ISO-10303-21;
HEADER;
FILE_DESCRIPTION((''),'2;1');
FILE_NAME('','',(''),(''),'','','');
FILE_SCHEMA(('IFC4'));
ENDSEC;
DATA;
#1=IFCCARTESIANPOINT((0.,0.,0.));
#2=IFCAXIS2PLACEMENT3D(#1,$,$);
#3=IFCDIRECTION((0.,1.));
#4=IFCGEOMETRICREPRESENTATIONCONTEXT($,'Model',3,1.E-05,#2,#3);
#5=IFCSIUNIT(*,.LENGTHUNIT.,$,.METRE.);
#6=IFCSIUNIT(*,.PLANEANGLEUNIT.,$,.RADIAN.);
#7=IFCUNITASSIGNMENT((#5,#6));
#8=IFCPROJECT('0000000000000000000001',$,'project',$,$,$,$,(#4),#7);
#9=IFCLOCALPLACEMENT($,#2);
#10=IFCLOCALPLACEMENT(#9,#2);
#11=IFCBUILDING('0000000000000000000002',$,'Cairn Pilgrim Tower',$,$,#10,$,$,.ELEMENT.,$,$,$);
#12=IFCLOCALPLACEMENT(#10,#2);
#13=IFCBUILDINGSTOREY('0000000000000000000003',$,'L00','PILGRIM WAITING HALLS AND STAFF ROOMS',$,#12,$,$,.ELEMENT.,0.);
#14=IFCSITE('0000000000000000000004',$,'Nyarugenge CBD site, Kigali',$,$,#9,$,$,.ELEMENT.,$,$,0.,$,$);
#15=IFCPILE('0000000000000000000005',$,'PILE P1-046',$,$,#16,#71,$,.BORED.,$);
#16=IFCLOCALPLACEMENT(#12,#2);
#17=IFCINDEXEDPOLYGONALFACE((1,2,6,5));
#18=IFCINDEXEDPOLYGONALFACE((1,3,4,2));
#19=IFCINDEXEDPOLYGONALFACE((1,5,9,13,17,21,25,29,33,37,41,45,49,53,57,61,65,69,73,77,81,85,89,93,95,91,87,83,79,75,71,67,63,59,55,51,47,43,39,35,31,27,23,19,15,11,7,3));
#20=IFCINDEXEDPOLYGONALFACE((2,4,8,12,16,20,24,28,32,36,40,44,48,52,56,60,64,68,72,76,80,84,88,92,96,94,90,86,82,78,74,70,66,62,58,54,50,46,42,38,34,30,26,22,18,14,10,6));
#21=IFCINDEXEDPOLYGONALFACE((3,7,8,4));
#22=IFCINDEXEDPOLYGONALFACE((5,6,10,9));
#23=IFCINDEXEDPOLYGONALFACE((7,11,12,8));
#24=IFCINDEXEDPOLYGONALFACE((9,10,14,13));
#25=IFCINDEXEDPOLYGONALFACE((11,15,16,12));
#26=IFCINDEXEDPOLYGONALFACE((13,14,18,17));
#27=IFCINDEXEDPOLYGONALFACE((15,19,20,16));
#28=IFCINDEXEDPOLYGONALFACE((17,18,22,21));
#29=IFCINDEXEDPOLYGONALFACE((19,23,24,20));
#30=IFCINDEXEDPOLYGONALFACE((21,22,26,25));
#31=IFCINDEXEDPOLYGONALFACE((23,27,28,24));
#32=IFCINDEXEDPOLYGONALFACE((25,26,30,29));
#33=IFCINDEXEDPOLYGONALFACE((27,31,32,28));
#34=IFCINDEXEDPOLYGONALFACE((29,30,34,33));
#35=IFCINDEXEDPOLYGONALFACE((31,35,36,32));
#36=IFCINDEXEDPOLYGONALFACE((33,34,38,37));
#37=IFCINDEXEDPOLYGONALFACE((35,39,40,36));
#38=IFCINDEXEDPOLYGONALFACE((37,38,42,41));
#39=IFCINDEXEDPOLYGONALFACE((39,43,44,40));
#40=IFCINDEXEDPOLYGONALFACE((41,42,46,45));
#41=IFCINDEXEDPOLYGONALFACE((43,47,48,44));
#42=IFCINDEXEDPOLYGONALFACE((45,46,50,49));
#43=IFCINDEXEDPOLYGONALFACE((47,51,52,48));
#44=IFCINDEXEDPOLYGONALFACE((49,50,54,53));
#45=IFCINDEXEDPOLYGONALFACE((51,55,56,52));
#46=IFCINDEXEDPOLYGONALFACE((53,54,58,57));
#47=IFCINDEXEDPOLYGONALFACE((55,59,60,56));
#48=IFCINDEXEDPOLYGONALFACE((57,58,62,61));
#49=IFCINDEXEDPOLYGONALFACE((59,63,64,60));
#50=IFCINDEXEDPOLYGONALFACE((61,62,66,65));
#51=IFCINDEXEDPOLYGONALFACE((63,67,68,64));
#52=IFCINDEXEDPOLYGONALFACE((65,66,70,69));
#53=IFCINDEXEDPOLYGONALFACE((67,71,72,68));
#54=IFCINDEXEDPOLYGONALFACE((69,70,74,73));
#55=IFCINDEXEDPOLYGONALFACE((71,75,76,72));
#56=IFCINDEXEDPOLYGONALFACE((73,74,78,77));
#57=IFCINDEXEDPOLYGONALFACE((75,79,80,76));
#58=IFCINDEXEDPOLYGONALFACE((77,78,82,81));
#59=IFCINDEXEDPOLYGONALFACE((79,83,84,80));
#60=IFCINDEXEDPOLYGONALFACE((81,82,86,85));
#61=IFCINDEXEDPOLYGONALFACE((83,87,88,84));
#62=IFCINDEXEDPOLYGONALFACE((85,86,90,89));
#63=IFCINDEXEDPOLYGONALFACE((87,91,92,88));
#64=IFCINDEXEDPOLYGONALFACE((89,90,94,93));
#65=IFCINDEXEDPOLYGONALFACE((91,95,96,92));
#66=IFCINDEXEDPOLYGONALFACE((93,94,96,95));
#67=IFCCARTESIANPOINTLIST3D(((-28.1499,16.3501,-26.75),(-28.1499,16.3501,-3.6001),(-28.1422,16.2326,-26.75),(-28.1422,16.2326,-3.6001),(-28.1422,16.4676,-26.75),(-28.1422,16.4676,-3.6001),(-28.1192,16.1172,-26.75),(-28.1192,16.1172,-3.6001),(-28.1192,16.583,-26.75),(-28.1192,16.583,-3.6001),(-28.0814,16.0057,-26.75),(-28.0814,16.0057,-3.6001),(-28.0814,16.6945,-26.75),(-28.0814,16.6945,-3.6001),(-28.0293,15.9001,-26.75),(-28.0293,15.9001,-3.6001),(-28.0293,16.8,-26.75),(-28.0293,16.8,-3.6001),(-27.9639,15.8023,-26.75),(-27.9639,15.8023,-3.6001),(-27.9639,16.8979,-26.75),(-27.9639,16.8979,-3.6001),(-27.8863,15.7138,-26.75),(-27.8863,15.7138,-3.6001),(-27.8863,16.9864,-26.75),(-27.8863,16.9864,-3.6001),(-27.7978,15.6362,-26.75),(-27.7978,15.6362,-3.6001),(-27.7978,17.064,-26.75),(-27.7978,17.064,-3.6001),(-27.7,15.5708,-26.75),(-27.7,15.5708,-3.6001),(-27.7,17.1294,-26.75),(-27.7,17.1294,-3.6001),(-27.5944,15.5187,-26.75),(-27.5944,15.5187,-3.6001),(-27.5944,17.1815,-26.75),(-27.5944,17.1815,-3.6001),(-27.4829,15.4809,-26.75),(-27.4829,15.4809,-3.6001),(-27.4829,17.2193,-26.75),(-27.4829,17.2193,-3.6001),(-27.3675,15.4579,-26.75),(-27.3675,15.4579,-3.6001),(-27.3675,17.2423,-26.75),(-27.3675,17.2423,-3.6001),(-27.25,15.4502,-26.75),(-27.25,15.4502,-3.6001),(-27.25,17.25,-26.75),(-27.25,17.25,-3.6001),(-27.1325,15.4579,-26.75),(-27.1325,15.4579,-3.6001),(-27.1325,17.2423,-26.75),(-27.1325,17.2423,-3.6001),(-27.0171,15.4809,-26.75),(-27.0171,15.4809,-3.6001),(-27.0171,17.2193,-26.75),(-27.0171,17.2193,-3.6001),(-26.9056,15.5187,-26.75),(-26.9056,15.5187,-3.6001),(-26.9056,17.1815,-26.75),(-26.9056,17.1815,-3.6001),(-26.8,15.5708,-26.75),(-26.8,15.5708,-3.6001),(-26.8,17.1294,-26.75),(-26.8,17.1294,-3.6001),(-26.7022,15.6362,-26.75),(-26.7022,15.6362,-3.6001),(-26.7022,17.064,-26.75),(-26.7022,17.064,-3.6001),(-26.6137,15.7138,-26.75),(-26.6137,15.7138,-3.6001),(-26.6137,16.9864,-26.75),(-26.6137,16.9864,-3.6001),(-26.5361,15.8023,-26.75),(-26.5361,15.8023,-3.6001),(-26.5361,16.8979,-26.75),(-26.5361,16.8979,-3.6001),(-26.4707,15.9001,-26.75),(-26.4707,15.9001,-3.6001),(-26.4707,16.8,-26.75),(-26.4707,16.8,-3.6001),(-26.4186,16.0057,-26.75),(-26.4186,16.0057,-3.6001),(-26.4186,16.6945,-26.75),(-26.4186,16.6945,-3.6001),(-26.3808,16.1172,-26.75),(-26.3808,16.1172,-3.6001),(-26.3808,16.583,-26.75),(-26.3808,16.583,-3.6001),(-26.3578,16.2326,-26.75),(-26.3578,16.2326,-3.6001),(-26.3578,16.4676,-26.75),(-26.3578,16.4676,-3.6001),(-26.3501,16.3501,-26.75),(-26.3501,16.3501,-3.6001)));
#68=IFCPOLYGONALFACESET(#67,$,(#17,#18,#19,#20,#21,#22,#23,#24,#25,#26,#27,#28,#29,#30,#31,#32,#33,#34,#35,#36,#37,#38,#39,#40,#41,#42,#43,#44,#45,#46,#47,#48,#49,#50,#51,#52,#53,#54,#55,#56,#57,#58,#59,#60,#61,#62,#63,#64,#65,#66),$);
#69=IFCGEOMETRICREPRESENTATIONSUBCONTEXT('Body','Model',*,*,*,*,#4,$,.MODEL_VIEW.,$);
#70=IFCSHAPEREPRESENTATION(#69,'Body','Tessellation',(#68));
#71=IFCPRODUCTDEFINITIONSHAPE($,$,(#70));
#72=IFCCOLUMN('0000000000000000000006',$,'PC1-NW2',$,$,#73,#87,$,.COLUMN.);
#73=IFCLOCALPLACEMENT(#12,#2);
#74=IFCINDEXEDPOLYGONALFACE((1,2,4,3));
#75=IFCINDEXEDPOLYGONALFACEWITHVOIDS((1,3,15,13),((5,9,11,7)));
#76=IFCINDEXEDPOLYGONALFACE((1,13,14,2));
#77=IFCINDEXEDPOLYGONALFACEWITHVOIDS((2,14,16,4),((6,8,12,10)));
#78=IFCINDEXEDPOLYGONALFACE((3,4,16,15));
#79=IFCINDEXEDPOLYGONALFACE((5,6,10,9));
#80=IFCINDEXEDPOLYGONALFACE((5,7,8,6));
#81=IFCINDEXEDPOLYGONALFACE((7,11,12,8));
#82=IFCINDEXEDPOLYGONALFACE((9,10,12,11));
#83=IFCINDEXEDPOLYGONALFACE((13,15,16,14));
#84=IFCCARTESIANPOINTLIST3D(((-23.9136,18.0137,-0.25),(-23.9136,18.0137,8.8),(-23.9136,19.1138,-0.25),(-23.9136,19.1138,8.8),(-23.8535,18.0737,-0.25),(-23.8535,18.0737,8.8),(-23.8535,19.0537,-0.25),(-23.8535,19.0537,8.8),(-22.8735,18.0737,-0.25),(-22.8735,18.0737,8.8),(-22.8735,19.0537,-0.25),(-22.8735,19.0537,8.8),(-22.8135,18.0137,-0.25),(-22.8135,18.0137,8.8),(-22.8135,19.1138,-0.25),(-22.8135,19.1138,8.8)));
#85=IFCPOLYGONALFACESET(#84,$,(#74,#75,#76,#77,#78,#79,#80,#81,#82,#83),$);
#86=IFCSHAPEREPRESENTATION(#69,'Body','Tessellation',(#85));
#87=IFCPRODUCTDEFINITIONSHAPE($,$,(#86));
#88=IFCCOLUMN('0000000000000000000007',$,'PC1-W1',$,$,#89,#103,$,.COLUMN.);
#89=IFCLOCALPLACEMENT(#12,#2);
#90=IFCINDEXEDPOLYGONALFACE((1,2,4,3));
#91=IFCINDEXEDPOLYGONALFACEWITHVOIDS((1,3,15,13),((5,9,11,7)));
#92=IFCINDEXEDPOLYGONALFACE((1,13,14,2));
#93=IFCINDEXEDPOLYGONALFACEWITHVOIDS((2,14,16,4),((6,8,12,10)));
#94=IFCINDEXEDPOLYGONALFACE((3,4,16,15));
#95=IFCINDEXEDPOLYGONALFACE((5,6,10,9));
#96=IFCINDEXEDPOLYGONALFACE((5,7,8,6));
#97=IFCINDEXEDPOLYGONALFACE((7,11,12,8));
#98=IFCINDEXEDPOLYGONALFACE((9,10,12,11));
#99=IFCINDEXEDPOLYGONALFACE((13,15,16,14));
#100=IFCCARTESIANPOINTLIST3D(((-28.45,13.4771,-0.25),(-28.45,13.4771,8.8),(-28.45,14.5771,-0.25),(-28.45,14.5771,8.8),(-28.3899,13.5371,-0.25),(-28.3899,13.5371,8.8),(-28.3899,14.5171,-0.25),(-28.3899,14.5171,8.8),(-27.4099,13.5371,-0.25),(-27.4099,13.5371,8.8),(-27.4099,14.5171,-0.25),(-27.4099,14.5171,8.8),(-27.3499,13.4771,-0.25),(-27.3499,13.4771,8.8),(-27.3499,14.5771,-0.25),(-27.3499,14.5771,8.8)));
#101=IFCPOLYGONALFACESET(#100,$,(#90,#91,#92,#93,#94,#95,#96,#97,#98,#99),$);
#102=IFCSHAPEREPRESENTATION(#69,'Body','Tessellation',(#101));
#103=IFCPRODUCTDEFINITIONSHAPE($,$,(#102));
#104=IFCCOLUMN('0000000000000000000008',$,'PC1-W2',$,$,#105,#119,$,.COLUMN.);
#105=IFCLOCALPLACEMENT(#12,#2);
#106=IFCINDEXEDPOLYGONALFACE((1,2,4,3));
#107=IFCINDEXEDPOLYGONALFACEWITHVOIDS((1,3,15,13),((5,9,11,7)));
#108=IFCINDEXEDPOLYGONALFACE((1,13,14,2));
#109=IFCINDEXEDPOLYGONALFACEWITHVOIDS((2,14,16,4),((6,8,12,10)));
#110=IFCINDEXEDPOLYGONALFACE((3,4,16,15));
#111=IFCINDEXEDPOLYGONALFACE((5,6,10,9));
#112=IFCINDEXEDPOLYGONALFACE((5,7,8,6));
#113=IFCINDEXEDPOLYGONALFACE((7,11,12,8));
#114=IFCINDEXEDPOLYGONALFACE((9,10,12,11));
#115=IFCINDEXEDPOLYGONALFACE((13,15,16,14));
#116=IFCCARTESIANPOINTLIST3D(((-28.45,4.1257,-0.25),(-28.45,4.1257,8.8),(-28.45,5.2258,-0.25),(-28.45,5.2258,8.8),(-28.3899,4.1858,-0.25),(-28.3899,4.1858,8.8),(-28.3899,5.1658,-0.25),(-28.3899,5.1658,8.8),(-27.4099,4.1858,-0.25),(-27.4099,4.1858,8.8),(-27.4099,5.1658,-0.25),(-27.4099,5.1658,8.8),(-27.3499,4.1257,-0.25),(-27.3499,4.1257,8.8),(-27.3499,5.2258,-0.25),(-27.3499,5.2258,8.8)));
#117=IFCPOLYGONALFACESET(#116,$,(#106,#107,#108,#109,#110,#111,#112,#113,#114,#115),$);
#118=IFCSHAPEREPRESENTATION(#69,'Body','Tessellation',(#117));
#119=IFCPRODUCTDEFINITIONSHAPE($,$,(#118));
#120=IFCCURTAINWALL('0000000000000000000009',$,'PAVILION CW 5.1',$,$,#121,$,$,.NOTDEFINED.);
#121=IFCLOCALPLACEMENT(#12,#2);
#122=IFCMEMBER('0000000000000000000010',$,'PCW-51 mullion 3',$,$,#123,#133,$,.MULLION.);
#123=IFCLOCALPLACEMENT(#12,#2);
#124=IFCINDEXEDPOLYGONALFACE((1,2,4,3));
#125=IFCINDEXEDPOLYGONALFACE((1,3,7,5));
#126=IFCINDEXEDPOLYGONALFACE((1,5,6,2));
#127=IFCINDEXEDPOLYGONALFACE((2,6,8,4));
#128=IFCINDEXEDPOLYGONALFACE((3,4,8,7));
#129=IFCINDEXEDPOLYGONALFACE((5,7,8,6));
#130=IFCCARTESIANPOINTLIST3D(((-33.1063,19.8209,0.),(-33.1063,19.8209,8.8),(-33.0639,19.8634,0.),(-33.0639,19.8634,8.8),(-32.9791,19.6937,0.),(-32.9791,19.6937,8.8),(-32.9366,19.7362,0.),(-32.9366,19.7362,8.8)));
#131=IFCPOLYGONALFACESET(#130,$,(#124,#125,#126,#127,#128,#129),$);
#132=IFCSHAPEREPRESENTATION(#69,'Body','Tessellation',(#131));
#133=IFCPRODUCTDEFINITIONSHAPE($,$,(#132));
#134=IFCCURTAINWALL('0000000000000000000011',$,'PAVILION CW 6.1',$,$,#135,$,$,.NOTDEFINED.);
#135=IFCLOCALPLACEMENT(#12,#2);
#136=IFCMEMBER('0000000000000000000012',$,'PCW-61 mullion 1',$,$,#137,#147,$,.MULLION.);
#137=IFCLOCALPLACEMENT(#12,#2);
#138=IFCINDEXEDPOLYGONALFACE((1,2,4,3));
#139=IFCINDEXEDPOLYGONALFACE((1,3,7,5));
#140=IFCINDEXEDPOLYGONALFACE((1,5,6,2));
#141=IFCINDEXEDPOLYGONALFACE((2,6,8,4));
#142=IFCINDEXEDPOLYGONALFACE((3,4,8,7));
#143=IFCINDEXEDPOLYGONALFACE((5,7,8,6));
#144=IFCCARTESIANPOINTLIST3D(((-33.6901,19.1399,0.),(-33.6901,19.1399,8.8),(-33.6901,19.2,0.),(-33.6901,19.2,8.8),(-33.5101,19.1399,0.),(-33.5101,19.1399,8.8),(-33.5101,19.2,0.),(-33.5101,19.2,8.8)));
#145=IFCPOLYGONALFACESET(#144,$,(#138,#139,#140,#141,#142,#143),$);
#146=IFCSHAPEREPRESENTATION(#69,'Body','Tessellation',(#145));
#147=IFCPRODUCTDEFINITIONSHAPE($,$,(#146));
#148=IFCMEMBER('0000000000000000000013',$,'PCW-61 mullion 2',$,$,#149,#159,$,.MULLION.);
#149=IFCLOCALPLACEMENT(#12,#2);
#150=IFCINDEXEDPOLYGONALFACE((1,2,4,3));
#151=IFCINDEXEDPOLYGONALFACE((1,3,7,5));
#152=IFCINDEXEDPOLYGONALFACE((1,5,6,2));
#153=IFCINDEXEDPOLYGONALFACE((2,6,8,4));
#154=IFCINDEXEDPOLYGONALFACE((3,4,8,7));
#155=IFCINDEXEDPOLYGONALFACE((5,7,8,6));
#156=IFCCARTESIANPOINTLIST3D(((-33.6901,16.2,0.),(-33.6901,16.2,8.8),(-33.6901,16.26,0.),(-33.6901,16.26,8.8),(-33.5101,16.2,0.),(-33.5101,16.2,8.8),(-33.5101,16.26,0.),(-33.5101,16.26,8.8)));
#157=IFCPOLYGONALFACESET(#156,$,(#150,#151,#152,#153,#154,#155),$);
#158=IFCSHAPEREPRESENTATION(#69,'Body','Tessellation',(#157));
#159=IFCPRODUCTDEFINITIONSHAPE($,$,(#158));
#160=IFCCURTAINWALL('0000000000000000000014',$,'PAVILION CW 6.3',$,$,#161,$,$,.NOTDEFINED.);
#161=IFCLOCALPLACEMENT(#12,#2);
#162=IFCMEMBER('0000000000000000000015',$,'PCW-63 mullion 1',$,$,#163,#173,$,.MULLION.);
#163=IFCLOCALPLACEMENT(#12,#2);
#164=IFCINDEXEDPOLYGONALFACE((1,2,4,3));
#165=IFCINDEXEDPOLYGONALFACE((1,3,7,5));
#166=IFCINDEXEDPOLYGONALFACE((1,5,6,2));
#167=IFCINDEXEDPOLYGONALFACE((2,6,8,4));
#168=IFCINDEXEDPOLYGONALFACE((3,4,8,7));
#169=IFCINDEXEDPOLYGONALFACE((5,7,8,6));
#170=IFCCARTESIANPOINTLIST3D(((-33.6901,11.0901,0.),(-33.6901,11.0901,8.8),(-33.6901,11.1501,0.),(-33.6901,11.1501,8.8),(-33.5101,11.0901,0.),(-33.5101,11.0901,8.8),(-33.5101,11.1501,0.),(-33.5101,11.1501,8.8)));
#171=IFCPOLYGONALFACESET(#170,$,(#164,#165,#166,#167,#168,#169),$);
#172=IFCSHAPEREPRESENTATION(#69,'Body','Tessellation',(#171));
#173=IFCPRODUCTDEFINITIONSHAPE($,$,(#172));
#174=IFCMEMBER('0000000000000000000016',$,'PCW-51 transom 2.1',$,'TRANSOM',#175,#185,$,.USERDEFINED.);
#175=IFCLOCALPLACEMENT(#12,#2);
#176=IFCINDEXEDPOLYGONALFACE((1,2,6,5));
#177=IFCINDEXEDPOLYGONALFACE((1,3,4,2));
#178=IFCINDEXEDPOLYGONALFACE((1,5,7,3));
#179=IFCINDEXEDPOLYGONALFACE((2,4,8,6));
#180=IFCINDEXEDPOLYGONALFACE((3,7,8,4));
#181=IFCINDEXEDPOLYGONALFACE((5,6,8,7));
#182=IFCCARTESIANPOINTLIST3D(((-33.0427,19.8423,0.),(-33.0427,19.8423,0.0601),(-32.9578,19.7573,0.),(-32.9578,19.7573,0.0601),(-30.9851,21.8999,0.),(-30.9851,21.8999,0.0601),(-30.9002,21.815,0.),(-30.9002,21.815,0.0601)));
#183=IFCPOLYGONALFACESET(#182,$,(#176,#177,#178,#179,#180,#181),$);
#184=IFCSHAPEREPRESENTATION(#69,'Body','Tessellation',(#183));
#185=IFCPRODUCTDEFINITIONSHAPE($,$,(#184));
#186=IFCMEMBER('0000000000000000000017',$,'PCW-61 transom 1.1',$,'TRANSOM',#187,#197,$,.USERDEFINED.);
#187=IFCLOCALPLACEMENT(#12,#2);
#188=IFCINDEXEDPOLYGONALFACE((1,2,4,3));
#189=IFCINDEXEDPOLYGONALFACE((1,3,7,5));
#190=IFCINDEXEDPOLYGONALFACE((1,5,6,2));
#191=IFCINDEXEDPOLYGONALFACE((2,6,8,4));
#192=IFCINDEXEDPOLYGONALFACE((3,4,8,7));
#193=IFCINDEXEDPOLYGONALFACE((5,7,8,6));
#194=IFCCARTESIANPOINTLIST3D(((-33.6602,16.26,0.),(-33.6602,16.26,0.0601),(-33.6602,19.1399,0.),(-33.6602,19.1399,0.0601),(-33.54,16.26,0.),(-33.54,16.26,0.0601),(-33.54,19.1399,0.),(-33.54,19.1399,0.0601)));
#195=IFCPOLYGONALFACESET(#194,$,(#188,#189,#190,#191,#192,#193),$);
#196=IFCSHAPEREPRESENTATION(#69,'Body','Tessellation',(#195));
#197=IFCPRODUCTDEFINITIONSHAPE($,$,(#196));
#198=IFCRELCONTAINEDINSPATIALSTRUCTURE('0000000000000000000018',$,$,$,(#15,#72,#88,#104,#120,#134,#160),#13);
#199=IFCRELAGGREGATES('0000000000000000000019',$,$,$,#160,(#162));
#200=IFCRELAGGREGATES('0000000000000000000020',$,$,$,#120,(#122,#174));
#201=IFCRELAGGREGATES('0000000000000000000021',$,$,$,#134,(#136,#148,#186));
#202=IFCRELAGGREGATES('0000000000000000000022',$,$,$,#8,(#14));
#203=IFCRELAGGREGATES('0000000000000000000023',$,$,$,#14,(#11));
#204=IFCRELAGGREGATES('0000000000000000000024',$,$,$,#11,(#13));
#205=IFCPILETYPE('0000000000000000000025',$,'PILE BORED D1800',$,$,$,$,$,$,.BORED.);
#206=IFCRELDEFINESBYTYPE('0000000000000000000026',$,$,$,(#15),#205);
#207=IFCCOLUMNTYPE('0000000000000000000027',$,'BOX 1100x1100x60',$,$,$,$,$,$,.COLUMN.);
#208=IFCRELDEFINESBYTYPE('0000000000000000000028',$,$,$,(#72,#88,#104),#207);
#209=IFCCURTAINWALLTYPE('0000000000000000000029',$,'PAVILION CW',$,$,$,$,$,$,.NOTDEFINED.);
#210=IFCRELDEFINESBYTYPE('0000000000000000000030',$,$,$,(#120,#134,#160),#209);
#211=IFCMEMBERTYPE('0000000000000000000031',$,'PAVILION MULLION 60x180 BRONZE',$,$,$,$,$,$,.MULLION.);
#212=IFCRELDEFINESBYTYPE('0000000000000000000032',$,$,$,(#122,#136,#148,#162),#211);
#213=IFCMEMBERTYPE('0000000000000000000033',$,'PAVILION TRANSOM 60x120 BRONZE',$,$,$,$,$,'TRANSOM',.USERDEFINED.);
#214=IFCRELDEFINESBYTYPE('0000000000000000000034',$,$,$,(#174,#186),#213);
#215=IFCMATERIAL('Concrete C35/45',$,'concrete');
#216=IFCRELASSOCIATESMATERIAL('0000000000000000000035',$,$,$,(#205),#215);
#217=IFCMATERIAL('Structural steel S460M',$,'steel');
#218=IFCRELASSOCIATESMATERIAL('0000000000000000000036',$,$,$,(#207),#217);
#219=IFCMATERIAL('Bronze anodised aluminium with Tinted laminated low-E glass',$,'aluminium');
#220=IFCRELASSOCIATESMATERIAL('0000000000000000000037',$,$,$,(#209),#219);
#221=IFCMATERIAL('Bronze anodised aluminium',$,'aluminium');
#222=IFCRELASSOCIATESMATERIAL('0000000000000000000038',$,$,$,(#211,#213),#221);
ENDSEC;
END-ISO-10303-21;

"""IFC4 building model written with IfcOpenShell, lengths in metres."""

from ifc_helpers import new_model, si_unit, direction, frame, origin, origin_2d, place, context, subcontext, project, spatial, rectangle, hollow_rectangle, circle, extrude, material, material_profile, profile_set, type_object, element, aggregate, save


model = new_model("IFC4")

# Units and contexts
model_context = context("Model", 3, precision=1e-05, world=origin(), true_north=direction((0.0, 1.0)))
body_context = subcontext(model_context, "Body", "Model", "MODEL_VIEW")
ifc_project = project(units=[si_unit("LENGTHUNIT", "METRE"), si_unit("PLANEANGLEUNIT", "RADIAN")], contexts=[model_context])

# Site, building, storey
site_placement = place(None, origin())
site = spatial("IfcSite", under=ifc_project, at=site_placement, Name="Nyarugenge CBD site, Kigali", CompositionType="ELEMENT", RefElevation=0.0)
building_placement = place(site_placement, origin())
building = spatial("IfcBuilding", under=site, at=building_placement, Name="Cairn Pilgrim Tower", CompositionType="ELEMENT")
storey_placement = place(building_placement, origin())
storey = spatial("IfcBuildingStorey", under=building, at=storey_placement, Name="L00", Description="PILGRIM WAITING HALLS AND STAFF ROOMS", CompositionType="ELEMENT", Elevation=0.0)

# Pile
ifc_material_1 = material(Name="Concrete C35/45", Category="concrete")
ifc_material_profile_1 = material_profile(ifc_material_1, circle(Radius=0.8999, at=origin_2d()), Name="D1800")
ifc_profile_set_1 = profile_set([ifc_material_profile_1], Name="Concrete C35/45")
pile_type = type_object("IfcPileType", Name="PILE BORED D1800", PredefinedType="BORED", material=ifc_profile_set_1)
for number, where, z_axis, x_axis, name in (
    (1, (-27.25, 16.3501, -3.6001), (0.0, 0.0, -1.0), (1.0, 0.0, 0.0), "PILE P1-046"),
):
    element("IfcPile", number, at=place(storey_placement, frame(where, z_axis=z_axis, x_axis=x_axis)), inside=storey, type_object=pile_type, Name=name, PredefinedType="BORED", context=body_context, shape_type="SweptSolid", body=[
        extrude(circle(Radius=0.8999, at=origin_2d()), origin(), (0.0, 0.0, 1.0), 23.1499),
    ])

# Columns
ifc_material_2 = material(Name="Structural steel S460M", Category="steel")
ifc_material_profile_2 = material_profile(ifc_material_2, hollow_rectangle(XDim=1.1001, YDim=1.1001, WallThickness=0.0601, at=origin_2d()), Name="BOX 1100x1100x60")
ifc_profile_set_2 = profile_set([ifc_material_profile_2], Name="Structural steel S460M")
column_type = type_object("IfcColumnType", Name="BOX 1100x1100x60", PredefinedType="COLUMN", material=ifc_profile_set_2)
for number, where, z_axis, x_axis, name in (
    (2, (-23.3635, 18.5637, -0.25), (0.0, 0.0, 1.0), (1.0, 0.0, 0.0), "PC1-NW2"),
    (3, (-27.8999, 14.0271, -0.25), (0.0, 0.0, 1.0), (1.0, 0.0, 0.0), "PC1-W1"),
    (4, (-27.8999, 4.6758, -0.25), (0.0, 0.0, 1.0), (1.0, 0.0, 0.0), "PC1-W2"),
):
    element("IfcColumn", number, at=place(storey_placement, frame(where, z_axis=z_axis, x_axis=x_axis)), inside=storey, type_object=column_type, Name=name, PredefinedType="COLUMN", context=body_context, shape_type="SweptSolid", body=[
        extrude(hollow_rectangle(XDim=1.1001, YDim=1.1001, WallThickness=0.0601, at=origin_2d()), origin(), (0.0, 0.0, 1.0), 9.05),
    ])

# Curtain wall, member
ifc_material_3 = material(Name="Bronze anodised aluminium with Tinted laminated low-E glass", Category="aluminium")
curtain_wall_type = type_object("IfcCurtainWallType", Name="PAVILION CW", PredefinedType="NOTDEFINED", material=ifc_material_3)
curtain_wall_1_placement = place(storey_placement, origin())
curtain_wall_1 = element("IfcCurtainWall", 5, at=curtain_wall_1_placement, inside=storey, type_object=curtain_wall_type, Name="PAVILION CW 5.1", PredefinedType="NOTDEFINED")
ifc_material_4 = material(Name="Bronze anodised aluminium", Category="aluminium")
ifc_material_profile_3 = material_profile(ifc_material_4, rectangle(XDim=0.1799, YDim=0.0601, at=origin_2d()), Name="PAVILION MULLION 60x180 BRONZE")
ifc_profile_set_3 = profile_set([ifc_material_profile_3], Name="Bronze anodised aluminium")
member_type_1 = type_object("IfcMemberType", Name="PAVILION MULLION 60x180 BRONZE", PredefinedType="MULLION", material=ifc_profile_set_3)
member_1_placement = place(storey_placement, frame((-33.0215, 19.7786, 0.0), z_axis=(0.0, 0.0, 1.0), x_axis=(0.707107, -0.707107, 0.0)))
member_1 = element("IfcMember", 6, at=member_1_placement, type_object=member_type_1, Name="PCW-51 mullion 3", PredefinedType="MULLION", context=body_context, shape_type="SweptSolid", body=[
    extrude(rectangle(XDim=0.1799, YDim=0.0601, at=origin_2d()), origin(), (0.0, 0.0, 1.0), 8.8),
])

# Curtain wall, members
curtain_wall_2_placement = place(storey_placement, origin())
curtain_wall_2 = element("IfcCurtainWall", 7, at=curtain_wall_2_placement, inside=storey, type_object=curtain_wall_type, Name="PAVILION CW 6.1", PredefinedType="NOTDEFINED")
member_2_placement = place(storey_placement, frame((-33.6001, 19.1699, 0.0), z_axis=(0.0, 0.0, 1.0), x_axis=(1.0, 0.0, 0.0)))
member_2 = element("IfcMember", 8, at=member_2_placement, type_object=member_type_1, Name="PCW-61 mullion 1", PredefinedType="MULLION", context=body_context, shape_type="SweptSolid", body=[
    extrude(rectangle(XDim=0.1799, YDim=0.0601, at=origin_2d()), origin(), (0.0, 0.0, 1.0), 8.8),
])
member_3_placement = place(storey_placement, frame((-33.6001, 16.23, 0.0), z_axis=(0.0, 0.0, 1.0), x_axis=(1.0, 0.0, 0.0)))
member_3 = element("IfcMember", 9, at=member_3_placement, type_object=member_type_1, Name="PCW-61 mullion 2", PredefinedType="MULLION", context=body_context, shape_type="SweptSolid", body=[
    extrude(rectangle(XDim=0.1799, YDim=0.0601, at=origin_2d()), origin(), (0.0, 0.0, 1.0), 8.8),
])

# Curtain wall, member
curtain_wall_3_placement = place(storey_placement, origin())
curtain_wall_3 = element("IfcCurtainWall", 10, at=curtain_wall_3_placement, inside=storey, type_object=curtain_wall_type, Name="PAVILION CW 6.3", PredefinedType="NOTDEFINED")
member_4_placement = place(storey_placement, frame((-33.6001, 11.1201, 0.0), z_axis=(0.0, 0.0, 1.0), x_axis=(1.0, 0.0, 0.0)))
member_4 = element("IfcMember", 11, at=member_4_placement, type_object=member_type_1, Name="PCW-63 mullion 1", PredefinedType="MULLION", context=body_context, shape_type="SweptSolid", body=[
    extrude(rectangle(XDim=0.1799, YDim=0.0601, at=origin_2d()), origin(), (0.0, 0.0, 1.0), 8.8),
])

# Members
ifc_material_profile_4 = material_profile(ifc_material_4, rectangle(XDim=0.1201, YDim=0.0601, at=origin_2d()), Name="PAVILION TRANSOM 60x120 BRONZE")
ifc_profile_set_4 = profile_set([ifc_material_profile_4], Name="Bronze anodised aluminium")
member_type_2 = type_object("IfcMemberType", Name="PAVILION TRANSOM 60x120 BRONZE", ElementType="TRANSOM", PredefinedType="USERDEFINED", material=ifc_profile_set_4)
member_5_placement = place(storey_placement, frame((-30.9426, 21.8574, 0.03), z_axis=(-0.707107, -0.707107, 0.0), x_axis=(0.707107, -0.707107, 0.0)))
member_5 = element("IfcMember", 12, at=member_5_placement, type_object=member_type_2, Name="PCW-51 transom 2.1", ObjectType="TRANSOM", PredefinedType="USERDEFINED", context=body_context, shape_type="SweptSolid", body=[
    extrude(rectangle(XDim=0.1201, YDim=0.0601, at=origin_2d()), origin(), (0.0, 0.0, 1.0), 2.9099),
])
member_6_placement = place(storey_placement, frame((-33.6001, 19.1399, 0.03), z_axis=(0.0, -1.0, 0.0), x_axis=(1.0, 0.0, 0.0)))
member_6 = element("IfcMember", 13, at=member_6_placement, type_object=member_type_2, Name="PCW-61 transom 1.1", ObjectType="TRANSOM", PredefinedType="USERDEFINED", context=body_context, shape_type="SweptSolid", body=[
    extrude(rectangle(XDim=0.1201, YDim=0.0601, at=origin_2d()), origin(), (0.0, 0.0, 1.0), 2.8799),
])
aggregate(curtain_wall_3, [member_4])

aggregate(curtain_wall_1, [member_1, member_5])
aggregate(curtain_wall_2, [member_2, member_3, member_6])

save(model, "model.ifc")
